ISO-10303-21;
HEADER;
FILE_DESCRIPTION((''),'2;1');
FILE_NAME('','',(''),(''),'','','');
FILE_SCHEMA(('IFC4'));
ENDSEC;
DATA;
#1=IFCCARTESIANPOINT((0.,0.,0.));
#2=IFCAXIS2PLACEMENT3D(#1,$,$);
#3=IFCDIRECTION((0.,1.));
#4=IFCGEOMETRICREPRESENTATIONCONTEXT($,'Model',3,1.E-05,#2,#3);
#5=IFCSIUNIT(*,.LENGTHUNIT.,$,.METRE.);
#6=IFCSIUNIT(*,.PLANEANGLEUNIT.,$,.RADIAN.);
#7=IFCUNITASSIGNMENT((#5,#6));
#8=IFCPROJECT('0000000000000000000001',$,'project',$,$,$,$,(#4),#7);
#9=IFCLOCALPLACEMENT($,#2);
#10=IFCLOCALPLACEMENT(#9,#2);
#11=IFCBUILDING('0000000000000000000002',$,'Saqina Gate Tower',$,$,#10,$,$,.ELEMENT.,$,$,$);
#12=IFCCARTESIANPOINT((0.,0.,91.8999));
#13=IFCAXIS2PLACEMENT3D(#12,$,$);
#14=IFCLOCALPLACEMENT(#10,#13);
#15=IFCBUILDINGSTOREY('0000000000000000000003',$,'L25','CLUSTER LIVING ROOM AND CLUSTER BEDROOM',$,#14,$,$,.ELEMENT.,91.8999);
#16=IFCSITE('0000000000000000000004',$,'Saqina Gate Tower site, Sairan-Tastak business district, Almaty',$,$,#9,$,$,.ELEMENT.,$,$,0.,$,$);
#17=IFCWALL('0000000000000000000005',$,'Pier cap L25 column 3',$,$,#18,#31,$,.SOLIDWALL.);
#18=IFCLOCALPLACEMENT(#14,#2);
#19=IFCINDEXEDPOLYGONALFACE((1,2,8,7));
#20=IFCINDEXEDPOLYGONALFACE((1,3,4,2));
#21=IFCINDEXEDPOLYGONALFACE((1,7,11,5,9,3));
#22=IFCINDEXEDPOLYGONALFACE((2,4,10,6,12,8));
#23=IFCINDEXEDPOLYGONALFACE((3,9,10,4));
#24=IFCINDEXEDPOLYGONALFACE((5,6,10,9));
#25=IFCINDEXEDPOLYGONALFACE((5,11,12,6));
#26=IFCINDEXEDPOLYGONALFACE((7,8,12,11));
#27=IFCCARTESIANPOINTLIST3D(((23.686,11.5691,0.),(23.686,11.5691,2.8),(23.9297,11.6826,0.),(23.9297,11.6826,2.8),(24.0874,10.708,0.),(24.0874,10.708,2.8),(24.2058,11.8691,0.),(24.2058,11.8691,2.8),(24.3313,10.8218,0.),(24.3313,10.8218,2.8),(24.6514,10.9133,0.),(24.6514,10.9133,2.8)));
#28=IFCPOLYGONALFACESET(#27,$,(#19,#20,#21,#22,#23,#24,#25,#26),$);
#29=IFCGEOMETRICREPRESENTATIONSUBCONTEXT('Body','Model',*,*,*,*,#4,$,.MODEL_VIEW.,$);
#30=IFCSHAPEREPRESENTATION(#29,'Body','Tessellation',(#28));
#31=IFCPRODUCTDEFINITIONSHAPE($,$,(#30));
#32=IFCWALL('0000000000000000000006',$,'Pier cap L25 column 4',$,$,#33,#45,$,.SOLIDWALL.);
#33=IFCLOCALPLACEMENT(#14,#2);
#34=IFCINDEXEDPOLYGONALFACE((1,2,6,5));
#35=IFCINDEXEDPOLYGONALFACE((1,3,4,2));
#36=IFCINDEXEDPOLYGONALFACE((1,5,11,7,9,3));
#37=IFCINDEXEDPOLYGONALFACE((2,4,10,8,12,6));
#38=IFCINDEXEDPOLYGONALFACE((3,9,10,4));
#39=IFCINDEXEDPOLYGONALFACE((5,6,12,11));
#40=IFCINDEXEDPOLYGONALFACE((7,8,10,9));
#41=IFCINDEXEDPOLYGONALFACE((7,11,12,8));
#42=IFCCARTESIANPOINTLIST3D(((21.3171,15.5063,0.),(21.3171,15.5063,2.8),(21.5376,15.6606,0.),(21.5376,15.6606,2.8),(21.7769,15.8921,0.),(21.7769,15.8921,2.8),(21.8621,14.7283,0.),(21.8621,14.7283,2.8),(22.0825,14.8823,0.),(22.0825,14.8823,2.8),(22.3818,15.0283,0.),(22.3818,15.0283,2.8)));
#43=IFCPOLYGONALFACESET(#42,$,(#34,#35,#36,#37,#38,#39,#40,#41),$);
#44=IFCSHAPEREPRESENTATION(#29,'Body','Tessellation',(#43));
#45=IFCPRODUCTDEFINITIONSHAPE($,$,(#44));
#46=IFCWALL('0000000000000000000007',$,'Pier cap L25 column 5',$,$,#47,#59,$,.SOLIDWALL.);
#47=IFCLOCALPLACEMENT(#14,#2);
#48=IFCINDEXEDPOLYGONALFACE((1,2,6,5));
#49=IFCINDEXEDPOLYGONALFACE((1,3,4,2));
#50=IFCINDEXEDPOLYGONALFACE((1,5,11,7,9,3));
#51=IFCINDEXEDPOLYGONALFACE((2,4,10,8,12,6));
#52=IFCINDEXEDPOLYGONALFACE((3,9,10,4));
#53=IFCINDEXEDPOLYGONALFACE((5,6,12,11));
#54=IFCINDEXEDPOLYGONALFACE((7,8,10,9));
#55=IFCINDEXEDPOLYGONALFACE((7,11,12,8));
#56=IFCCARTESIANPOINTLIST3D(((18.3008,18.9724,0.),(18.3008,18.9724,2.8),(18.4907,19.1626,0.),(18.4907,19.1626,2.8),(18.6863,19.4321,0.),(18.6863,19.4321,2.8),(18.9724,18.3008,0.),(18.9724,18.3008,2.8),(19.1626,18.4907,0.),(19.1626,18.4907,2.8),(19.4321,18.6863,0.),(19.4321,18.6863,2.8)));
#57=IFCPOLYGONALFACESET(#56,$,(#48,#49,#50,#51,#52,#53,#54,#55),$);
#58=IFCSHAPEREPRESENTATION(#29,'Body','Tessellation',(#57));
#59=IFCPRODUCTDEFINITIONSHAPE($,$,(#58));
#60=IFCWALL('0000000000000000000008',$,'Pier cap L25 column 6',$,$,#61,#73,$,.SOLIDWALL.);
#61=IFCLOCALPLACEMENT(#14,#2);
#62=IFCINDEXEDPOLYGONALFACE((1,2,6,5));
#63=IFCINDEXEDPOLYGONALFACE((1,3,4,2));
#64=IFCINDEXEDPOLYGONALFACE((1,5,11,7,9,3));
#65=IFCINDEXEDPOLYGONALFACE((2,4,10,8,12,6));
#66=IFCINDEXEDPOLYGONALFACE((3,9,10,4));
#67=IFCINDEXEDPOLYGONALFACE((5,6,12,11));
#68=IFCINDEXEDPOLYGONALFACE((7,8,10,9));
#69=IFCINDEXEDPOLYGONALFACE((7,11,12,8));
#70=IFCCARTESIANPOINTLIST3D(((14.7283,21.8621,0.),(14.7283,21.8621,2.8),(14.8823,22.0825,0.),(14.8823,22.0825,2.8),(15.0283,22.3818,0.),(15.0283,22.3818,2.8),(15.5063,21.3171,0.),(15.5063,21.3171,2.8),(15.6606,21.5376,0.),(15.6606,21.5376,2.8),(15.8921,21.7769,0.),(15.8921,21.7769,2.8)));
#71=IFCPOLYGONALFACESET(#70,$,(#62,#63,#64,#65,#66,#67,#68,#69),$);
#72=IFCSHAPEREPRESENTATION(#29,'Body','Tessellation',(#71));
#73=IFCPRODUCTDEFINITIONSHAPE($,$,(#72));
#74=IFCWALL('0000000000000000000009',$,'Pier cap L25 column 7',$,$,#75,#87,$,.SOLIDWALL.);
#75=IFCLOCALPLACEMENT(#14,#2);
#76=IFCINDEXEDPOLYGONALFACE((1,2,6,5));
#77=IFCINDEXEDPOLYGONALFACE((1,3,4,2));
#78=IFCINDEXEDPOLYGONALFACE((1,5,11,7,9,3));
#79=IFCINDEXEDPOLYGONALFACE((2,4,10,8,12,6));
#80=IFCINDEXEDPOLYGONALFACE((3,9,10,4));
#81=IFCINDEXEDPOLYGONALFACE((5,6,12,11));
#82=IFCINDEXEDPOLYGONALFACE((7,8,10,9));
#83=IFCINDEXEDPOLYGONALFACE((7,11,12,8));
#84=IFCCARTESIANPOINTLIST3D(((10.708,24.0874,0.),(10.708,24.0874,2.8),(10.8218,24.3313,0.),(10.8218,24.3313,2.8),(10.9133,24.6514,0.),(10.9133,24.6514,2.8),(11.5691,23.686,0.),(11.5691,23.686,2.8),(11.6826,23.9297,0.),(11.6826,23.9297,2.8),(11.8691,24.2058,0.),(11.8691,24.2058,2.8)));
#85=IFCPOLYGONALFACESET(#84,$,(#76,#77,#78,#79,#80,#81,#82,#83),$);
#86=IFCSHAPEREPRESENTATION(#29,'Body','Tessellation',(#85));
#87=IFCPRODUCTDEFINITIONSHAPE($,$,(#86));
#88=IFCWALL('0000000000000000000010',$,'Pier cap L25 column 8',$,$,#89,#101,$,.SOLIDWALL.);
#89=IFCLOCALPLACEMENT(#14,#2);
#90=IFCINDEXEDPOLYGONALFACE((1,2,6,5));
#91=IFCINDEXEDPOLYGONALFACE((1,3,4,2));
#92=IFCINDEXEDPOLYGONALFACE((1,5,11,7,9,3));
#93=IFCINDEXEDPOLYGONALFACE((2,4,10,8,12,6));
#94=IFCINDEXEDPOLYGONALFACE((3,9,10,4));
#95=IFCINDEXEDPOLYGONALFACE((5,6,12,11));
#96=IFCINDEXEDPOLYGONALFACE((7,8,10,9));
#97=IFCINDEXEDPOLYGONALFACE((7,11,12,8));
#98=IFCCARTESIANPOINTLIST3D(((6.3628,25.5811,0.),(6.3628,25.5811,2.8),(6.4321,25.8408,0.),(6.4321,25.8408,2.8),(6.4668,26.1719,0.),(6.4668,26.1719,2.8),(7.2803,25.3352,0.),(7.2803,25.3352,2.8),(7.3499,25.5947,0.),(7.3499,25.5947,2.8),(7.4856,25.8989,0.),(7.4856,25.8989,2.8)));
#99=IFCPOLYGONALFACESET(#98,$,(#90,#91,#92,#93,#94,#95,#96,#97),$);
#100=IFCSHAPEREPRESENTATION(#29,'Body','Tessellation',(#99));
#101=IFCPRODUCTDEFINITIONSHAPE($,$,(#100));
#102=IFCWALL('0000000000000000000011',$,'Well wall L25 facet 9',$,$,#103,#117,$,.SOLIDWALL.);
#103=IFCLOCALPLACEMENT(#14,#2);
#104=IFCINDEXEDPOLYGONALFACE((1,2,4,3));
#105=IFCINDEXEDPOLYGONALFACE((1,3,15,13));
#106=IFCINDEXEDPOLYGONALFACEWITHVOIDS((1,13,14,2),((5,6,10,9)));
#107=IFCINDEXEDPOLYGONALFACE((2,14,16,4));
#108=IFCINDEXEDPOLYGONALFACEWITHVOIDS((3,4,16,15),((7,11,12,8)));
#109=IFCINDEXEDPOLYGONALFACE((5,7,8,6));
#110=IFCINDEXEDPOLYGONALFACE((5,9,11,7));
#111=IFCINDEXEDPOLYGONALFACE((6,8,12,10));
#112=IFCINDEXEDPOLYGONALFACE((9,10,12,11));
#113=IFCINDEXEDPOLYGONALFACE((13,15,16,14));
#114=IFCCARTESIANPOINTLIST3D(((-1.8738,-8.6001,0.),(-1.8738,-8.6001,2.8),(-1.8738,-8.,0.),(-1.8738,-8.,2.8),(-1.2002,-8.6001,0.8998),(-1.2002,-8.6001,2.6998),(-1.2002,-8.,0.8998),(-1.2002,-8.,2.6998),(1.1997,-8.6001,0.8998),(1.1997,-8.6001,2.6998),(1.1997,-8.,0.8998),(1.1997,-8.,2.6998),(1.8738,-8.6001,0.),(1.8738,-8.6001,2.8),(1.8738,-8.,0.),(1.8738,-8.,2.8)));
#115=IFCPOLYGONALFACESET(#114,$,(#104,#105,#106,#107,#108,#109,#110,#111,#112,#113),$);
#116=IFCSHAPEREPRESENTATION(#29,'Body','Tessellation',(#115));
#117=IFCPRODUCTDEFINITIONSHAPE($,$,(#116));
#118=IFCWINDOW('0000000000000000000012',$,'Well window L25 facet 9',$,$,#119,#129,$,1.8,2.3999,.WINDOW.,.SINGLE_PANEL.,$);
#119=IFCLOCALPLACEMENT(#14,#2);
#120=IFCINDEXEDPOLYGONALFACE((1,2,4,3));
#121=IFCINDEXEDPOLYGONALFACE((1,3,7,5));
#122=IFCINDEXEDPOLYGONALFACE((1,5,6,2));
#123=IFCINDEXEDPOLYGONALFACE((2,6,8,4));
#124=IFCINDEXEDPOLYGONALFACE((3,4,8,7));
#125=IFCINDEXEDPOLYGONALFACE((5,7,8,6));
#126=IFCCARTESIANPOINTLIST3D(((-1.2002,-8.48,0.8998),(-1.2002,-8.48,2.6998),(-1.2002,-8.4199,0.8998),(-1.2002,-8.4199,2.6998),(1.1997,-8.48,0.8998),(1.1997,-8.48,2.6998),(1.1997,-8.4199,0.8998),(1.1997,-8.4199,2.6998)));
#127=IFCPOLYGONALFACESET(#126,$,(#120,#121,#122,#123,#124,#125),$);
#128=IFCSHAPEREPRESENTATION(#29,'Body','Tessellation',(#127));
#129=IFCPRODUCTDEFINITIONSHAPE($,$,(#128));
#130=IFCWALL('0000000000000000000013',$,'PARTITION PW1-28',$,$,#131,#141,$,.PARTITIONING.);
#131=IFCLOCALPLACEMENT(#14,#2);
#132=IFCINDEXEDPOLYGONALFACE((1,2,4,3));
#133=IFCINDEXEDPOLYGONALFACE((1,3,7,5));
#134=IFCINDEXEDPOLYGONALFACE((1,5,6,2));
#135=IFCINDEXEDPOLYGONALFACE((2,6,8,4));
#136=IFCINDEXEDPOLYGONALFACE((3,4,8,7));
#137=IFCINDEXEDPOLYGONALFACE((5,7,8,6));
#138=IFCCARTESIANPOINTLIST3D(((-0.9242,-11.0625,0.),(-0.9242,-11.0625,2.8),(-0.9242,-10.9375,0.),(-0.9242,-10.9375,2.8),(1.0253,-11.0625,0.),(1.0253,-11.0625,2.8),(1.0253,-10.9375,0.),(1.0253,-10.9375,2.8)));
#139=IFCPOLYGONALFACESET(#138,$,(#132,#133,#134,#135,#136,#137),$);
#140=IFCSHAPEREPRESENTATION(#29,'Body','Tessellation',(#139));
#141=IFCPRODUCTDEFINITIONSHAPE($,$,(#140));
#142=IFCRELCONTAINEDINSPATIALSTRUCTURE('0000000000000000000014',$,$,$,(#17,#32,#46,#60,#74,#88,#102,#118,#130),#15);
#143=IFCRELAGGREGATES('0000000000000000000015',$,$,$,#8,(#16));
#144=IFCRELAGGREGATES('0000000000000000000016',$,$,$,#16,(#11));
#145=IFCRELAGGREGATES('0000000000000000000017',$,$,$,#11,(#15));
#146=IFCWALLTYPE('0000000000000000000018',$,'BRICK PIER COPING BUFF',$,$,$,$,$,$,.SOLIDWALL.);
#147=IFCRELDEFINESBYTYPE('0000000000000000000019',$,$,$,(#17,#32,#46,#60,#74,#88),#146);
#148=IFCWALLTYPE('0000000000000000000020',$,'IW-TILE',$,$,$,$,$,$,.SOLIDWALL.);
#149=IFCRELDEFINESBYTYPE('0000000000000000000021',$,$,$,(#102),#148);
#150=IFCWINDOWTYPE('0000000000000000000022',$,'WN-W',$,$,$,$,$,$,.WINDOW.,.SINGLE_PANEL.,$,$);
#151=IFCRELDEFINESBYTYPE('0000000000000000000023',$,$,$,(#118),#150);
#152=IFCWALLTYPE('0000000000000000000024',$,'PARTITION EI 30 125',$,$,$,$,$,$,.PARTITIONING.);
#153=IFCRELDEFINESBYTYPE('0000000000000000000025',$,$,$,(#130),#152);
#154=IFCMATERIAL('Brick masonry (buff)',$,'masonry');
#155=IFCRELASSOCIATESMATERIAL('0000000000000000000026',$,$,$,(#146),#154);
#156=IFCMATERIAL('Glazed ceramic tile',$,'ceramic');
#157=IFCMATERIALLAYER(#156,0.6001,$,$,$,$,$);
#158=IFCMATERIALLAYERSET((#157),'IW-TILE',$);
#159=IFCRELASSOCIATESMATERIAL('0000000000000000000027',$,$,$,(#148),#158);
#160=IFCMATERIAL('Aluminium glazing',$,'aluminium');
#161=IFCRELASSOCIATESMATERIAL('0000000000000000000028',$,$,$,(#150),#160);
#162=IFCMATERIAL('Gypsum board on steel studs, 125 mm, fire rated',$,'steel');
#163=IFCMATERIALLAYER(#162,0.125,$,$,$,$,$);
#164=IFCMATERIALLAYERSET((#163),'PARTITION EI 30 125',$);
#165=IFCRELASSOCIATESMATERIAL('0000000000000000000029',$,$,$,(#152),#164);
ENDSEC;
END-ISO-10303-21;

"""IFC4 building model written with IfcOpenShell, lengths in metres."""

from ifc_helpers import new_model, si_unit, direction, frame, frame_2d, origin, place, context, subcontext, project, spatial, polyline, rectangle, outline, extrude, material, layer, layer_set, type_object, element, fill, save


model = new_model("IFC4")

# Units and contexts
model_context = context("Model", 3, precision=1e-05, world=origin(), true_north=direction((0.0, 1.0)))
body_context = subcontext(model_context, "Body", "Model", "MODEL_VIEW")
ifc_project = project(units=[si_unit("LENGTHUNIT", "METRE"), si_unit("PLANEANGLEUNIT", "RADIAN")], contexts=[model_context])

# Site, building, storey
site_placement = place(None, origin())
site = spatial("IfcSite", under=ifc_project, at=site_placement, Name="Saqina Gate Tower site, Sairan-Tastak business district, Almaty", CompositionType="ELEMENT", RefElevation=0.0)
building_placement = place(site_placement, origin())
building = spatial("IfcBuilding", under=site, at=building_placement, Name="Saqina Gate Tower", CompositionType="ELEMENT")
storey_placement = place(building_placement, frame((0.0, 0.0, 91.8999)))
storey = spatial("IfcBuildingStorey", under=building, at=storey_placement, Name="L25", Description="CLUSTER LIVING ROOM AND CLUSTER BEDROOM", CompositionType="ELEMENT", Elevation=91.8999)

# Walls
ifc_material_1 = material(Name="Brick masonry (buff)", Category="masonry")
wall_type_1 = type_object("IfcWallType", Name="BRICK PIER COPING BUFF", PredefinedType="SOLIDWALL", material=ifc_material_1)
wall_1_placement = place(storey_placement, origin())
element("IfcWall", 1, at=wall_1_placement, inside=storey, type_object=wall_type_1, Name="Pier cap L25 column 3", PredefinedType="SOLIDWALL", context=body_context, shape_type="SweptSolid", body=[
    extrude(outline(polyline([(24.6514, 10.9133), (24.2058, 11.8691), (23.686, 11.5691), (23.9297, 11.6826), (24.3313, 10.8218), (24.0874, 10.708), (24.6514, 10.9133)])), origin(), (0.0, 0.0, 1.0), 2.8),
])
wall_2_placement = place(storey_placement, origin())
element("IfcWall", 2, at=wall_2_placement, inside=storey, type_object=wall_type_1, Name="Pier cap L25 column 4", PredefinedType="SOLIDWALL", context=body_context, shape_type="SweptSolid", body=[
    extrude(outline(polyline([(21.7769, 15.8921), (21.3171, 15.5063), (21.5376, 15.6606), (22.0825, 14.8823), (21.8621, 14.7283), (22.3818, 15.0283), (21.7769, 15.8921)])), origin(), (0.0, 0.0, 1.0), 2.8),
])
wall_3_placement = place(storey_placement, origin())
element("IfcWall", 3, at=wall_3_placement, inside=storey, type_object=wall_type_1, Name="Pier cap L25 column 5", PredefinedType="SOLIDWALL", context=body_context, shape_type="SweptSolid", body=[
    extrude(outline(polyline([(19.4321, 18.6863), (18.6863, 19.4321), (18.3008, 18.9724), (18.4907, 19.1626), (19.1626, 18.4907), (18.9724, 18.3008), (19.4321, 18.6863)])), origin(), (0.0, 0.0, 1.0), 2.8),
])
wall_4_placement = place(storey_placement, origin())
element("IfcWall", 4, at=wall_4_placement, inside=storey, type_object=wall_type_1, Name="Pier cap L25 column 6", PredefinedType="SOLIDWALL", context=body_context, shape_type="SweptSolid", body=[
    extrude(outline(polyline([(15.0283, 22.3818), (14.7283, 21.8621), (14.8823, 22.0825), (15.6606, 21.5376), (15.5063, 21.3171), (15.8921, 21.7769), (15.0283, 22.3818)])), origin(), (0.0, 0.0, 1.0), 2.8),
])
wall_5_placement = place(storey_placement, origin())
element("IfcWall", 5, at=wall_5_placement, inside=storey, type_object=wall_type_1, Name="Pier cap L25 column 7", PredefinedType="SOLIDWALL", context=body_context, shape_type="SweptSolid", body=[
    extrude(outline(polyline([(10.9133, 24.6514), (10.708, 24.0874), (10.8218, 24.3313), (11.6826, 23.9297), (11.5691, 23.686), (11.8691, 24.2058), (10.9133, 24.6514)])), origin(), (0.0, 0.0, 1.0), 2.8),
])
wall_6_placement = place(storey_placement, origin())
element("IfcWall", 6, at=wall_6_placement, inside=storey, type_object=wall_type_1, Name="Pier cap L25 column 8", PredefinedType="SOLIDWALL", context=body_context, shape_type="SweptSolid", body=[
    extrude(outline(polyline([(7.4856, 25.8989), (6.4668, 26.1719), (6.3628, 25.5811), (6.4321, 25.8408), (7.3499, 25.5947), (7.2803, 25.3352), (7.4856, 25.8989)])), origin(), (0.0, 0.0, 1.0), 2.8),
])

# Wall, opening, window
ifc_material_2 = material(Name="Glazed ceramic tile", Category="ceramic")
ifc_layer_1 = layer(ifc_material_2, 0.6001)
ifc_layer_set_1 = layer_set([ifc_layer_1], Name="IW-TILE")
wall_type_2 = type_object("IfcWallType", Name="IW-TILE", PredefinedType="SOLIDWALL", material=ifc_layer_set_1)
wall_7_placement = place(storey_placement, frame((-1.8738, -8.3, 0.0), z_axis=(0.0, 0.0, 1.0), x_axis=(1.0, 0.0, 0.0)))
wall_7 = element("IfcWall", 7, at=wall_7_placement, inside=storey, type_object=wall_type_2, Name="Well wall L25 facet 9", PredefinedType="SOLIDWALL", context=body_context, shape_type="SweptSolid", body=[
    extrude(rectangle(XDim=3.7476, YDim=0.6001, at=frame_2d((1.8738, 0.0))), origin(), (0.0, 0.0, 1.0), 2.8),
])
opening_placement = place(wall_7_placement, frame((0.6736, 0.0, 0.8999)))
opening = element("IfcOpeningElement", 8, at=opening_placement, cuts=wall_7, PredefinedType="OPENING", context=body_context, shape_type="SweptSolid", body=[
    extrude(rectangle(XDim=2.3999, YDim=1.8, at=frame_2d((1.2, 0.8999))), frame((0.0, 0.312, 0.0), z_axis=(0.0, -1.0, 0.0), x_axis=(1.0, 0.0, 0.0)), (0.0, 0.0, 1.0), 0.624),
])
ifc_material_3 = material(Name="Aluminium glazing", Category="aluminium")
window_type = type_object("IfcWindowType", Name="WN-W", PartitioningType="SINGLE_PANEL", PredefinedType="WINDOW", material=ifc_material_3)
window_placement = place(opening_placement, origin())
window = element("IfcWindow", 9, at=window_placement, inside=storey, type_object=window_type, Name="Well window L25 facet 9", OverallHeight=1.8, OverallWidth=2.3999, PartitioningType="SINGLE_PANEL", PredefinedType="WINDOW", context=body_context, shape_type="SweptSolid", body=[
    extrude(rectangle(XDim=2.3999, YDim=1.8, at=frame_2d((1.2, 0.8999))), frame((0.0, -0.1199, 0.0), z_axis=(0.0, -1.0, 0.0), x_axis=(1.0, 0.0, 0.0)), (0.0, 0.0, 1.0), 0.0601),
])
fill(opening, window)

# Wall
ifc_material_4 = material(Name="Gypsum board on steel studs, 125 mm, fire rated", Category="steel")
ifc_layer_2 = layer(ifc_material_4, 0.125)
ifc_layer_set_2 = layer_set([ifc_layer_2], Name="PARTITION EI 30 125")
wall_type_3 = type_object("IfcWallType", Name="PARTITION EI 30 125", PredefinedType="PARTITIONING", material=ifc_layer_set_2)
wall_8_placement = place(storey_placement, frame((-0.9241, -11.0, 0.0), z_axis=(0.0, 0.0, 1.0), x_axis=(1.0, 0.0, 0.0)))
element("IfcWall", 10, at=wall_8_placement, inside=storey, type_object=wall_type_3, Name="PARTITION PW1-28", PredefinedType="PARTITIONING", context=body_context, shape_type="SweptSolid", body=[
    extrude(rectangle(XDim=1.9495, YDim=0.125, at=frame_2d((0.9746, 0.0))), origin(), (0.0, 0.0, 1.0), 2.8),
])

save(model, "model.ifc")
